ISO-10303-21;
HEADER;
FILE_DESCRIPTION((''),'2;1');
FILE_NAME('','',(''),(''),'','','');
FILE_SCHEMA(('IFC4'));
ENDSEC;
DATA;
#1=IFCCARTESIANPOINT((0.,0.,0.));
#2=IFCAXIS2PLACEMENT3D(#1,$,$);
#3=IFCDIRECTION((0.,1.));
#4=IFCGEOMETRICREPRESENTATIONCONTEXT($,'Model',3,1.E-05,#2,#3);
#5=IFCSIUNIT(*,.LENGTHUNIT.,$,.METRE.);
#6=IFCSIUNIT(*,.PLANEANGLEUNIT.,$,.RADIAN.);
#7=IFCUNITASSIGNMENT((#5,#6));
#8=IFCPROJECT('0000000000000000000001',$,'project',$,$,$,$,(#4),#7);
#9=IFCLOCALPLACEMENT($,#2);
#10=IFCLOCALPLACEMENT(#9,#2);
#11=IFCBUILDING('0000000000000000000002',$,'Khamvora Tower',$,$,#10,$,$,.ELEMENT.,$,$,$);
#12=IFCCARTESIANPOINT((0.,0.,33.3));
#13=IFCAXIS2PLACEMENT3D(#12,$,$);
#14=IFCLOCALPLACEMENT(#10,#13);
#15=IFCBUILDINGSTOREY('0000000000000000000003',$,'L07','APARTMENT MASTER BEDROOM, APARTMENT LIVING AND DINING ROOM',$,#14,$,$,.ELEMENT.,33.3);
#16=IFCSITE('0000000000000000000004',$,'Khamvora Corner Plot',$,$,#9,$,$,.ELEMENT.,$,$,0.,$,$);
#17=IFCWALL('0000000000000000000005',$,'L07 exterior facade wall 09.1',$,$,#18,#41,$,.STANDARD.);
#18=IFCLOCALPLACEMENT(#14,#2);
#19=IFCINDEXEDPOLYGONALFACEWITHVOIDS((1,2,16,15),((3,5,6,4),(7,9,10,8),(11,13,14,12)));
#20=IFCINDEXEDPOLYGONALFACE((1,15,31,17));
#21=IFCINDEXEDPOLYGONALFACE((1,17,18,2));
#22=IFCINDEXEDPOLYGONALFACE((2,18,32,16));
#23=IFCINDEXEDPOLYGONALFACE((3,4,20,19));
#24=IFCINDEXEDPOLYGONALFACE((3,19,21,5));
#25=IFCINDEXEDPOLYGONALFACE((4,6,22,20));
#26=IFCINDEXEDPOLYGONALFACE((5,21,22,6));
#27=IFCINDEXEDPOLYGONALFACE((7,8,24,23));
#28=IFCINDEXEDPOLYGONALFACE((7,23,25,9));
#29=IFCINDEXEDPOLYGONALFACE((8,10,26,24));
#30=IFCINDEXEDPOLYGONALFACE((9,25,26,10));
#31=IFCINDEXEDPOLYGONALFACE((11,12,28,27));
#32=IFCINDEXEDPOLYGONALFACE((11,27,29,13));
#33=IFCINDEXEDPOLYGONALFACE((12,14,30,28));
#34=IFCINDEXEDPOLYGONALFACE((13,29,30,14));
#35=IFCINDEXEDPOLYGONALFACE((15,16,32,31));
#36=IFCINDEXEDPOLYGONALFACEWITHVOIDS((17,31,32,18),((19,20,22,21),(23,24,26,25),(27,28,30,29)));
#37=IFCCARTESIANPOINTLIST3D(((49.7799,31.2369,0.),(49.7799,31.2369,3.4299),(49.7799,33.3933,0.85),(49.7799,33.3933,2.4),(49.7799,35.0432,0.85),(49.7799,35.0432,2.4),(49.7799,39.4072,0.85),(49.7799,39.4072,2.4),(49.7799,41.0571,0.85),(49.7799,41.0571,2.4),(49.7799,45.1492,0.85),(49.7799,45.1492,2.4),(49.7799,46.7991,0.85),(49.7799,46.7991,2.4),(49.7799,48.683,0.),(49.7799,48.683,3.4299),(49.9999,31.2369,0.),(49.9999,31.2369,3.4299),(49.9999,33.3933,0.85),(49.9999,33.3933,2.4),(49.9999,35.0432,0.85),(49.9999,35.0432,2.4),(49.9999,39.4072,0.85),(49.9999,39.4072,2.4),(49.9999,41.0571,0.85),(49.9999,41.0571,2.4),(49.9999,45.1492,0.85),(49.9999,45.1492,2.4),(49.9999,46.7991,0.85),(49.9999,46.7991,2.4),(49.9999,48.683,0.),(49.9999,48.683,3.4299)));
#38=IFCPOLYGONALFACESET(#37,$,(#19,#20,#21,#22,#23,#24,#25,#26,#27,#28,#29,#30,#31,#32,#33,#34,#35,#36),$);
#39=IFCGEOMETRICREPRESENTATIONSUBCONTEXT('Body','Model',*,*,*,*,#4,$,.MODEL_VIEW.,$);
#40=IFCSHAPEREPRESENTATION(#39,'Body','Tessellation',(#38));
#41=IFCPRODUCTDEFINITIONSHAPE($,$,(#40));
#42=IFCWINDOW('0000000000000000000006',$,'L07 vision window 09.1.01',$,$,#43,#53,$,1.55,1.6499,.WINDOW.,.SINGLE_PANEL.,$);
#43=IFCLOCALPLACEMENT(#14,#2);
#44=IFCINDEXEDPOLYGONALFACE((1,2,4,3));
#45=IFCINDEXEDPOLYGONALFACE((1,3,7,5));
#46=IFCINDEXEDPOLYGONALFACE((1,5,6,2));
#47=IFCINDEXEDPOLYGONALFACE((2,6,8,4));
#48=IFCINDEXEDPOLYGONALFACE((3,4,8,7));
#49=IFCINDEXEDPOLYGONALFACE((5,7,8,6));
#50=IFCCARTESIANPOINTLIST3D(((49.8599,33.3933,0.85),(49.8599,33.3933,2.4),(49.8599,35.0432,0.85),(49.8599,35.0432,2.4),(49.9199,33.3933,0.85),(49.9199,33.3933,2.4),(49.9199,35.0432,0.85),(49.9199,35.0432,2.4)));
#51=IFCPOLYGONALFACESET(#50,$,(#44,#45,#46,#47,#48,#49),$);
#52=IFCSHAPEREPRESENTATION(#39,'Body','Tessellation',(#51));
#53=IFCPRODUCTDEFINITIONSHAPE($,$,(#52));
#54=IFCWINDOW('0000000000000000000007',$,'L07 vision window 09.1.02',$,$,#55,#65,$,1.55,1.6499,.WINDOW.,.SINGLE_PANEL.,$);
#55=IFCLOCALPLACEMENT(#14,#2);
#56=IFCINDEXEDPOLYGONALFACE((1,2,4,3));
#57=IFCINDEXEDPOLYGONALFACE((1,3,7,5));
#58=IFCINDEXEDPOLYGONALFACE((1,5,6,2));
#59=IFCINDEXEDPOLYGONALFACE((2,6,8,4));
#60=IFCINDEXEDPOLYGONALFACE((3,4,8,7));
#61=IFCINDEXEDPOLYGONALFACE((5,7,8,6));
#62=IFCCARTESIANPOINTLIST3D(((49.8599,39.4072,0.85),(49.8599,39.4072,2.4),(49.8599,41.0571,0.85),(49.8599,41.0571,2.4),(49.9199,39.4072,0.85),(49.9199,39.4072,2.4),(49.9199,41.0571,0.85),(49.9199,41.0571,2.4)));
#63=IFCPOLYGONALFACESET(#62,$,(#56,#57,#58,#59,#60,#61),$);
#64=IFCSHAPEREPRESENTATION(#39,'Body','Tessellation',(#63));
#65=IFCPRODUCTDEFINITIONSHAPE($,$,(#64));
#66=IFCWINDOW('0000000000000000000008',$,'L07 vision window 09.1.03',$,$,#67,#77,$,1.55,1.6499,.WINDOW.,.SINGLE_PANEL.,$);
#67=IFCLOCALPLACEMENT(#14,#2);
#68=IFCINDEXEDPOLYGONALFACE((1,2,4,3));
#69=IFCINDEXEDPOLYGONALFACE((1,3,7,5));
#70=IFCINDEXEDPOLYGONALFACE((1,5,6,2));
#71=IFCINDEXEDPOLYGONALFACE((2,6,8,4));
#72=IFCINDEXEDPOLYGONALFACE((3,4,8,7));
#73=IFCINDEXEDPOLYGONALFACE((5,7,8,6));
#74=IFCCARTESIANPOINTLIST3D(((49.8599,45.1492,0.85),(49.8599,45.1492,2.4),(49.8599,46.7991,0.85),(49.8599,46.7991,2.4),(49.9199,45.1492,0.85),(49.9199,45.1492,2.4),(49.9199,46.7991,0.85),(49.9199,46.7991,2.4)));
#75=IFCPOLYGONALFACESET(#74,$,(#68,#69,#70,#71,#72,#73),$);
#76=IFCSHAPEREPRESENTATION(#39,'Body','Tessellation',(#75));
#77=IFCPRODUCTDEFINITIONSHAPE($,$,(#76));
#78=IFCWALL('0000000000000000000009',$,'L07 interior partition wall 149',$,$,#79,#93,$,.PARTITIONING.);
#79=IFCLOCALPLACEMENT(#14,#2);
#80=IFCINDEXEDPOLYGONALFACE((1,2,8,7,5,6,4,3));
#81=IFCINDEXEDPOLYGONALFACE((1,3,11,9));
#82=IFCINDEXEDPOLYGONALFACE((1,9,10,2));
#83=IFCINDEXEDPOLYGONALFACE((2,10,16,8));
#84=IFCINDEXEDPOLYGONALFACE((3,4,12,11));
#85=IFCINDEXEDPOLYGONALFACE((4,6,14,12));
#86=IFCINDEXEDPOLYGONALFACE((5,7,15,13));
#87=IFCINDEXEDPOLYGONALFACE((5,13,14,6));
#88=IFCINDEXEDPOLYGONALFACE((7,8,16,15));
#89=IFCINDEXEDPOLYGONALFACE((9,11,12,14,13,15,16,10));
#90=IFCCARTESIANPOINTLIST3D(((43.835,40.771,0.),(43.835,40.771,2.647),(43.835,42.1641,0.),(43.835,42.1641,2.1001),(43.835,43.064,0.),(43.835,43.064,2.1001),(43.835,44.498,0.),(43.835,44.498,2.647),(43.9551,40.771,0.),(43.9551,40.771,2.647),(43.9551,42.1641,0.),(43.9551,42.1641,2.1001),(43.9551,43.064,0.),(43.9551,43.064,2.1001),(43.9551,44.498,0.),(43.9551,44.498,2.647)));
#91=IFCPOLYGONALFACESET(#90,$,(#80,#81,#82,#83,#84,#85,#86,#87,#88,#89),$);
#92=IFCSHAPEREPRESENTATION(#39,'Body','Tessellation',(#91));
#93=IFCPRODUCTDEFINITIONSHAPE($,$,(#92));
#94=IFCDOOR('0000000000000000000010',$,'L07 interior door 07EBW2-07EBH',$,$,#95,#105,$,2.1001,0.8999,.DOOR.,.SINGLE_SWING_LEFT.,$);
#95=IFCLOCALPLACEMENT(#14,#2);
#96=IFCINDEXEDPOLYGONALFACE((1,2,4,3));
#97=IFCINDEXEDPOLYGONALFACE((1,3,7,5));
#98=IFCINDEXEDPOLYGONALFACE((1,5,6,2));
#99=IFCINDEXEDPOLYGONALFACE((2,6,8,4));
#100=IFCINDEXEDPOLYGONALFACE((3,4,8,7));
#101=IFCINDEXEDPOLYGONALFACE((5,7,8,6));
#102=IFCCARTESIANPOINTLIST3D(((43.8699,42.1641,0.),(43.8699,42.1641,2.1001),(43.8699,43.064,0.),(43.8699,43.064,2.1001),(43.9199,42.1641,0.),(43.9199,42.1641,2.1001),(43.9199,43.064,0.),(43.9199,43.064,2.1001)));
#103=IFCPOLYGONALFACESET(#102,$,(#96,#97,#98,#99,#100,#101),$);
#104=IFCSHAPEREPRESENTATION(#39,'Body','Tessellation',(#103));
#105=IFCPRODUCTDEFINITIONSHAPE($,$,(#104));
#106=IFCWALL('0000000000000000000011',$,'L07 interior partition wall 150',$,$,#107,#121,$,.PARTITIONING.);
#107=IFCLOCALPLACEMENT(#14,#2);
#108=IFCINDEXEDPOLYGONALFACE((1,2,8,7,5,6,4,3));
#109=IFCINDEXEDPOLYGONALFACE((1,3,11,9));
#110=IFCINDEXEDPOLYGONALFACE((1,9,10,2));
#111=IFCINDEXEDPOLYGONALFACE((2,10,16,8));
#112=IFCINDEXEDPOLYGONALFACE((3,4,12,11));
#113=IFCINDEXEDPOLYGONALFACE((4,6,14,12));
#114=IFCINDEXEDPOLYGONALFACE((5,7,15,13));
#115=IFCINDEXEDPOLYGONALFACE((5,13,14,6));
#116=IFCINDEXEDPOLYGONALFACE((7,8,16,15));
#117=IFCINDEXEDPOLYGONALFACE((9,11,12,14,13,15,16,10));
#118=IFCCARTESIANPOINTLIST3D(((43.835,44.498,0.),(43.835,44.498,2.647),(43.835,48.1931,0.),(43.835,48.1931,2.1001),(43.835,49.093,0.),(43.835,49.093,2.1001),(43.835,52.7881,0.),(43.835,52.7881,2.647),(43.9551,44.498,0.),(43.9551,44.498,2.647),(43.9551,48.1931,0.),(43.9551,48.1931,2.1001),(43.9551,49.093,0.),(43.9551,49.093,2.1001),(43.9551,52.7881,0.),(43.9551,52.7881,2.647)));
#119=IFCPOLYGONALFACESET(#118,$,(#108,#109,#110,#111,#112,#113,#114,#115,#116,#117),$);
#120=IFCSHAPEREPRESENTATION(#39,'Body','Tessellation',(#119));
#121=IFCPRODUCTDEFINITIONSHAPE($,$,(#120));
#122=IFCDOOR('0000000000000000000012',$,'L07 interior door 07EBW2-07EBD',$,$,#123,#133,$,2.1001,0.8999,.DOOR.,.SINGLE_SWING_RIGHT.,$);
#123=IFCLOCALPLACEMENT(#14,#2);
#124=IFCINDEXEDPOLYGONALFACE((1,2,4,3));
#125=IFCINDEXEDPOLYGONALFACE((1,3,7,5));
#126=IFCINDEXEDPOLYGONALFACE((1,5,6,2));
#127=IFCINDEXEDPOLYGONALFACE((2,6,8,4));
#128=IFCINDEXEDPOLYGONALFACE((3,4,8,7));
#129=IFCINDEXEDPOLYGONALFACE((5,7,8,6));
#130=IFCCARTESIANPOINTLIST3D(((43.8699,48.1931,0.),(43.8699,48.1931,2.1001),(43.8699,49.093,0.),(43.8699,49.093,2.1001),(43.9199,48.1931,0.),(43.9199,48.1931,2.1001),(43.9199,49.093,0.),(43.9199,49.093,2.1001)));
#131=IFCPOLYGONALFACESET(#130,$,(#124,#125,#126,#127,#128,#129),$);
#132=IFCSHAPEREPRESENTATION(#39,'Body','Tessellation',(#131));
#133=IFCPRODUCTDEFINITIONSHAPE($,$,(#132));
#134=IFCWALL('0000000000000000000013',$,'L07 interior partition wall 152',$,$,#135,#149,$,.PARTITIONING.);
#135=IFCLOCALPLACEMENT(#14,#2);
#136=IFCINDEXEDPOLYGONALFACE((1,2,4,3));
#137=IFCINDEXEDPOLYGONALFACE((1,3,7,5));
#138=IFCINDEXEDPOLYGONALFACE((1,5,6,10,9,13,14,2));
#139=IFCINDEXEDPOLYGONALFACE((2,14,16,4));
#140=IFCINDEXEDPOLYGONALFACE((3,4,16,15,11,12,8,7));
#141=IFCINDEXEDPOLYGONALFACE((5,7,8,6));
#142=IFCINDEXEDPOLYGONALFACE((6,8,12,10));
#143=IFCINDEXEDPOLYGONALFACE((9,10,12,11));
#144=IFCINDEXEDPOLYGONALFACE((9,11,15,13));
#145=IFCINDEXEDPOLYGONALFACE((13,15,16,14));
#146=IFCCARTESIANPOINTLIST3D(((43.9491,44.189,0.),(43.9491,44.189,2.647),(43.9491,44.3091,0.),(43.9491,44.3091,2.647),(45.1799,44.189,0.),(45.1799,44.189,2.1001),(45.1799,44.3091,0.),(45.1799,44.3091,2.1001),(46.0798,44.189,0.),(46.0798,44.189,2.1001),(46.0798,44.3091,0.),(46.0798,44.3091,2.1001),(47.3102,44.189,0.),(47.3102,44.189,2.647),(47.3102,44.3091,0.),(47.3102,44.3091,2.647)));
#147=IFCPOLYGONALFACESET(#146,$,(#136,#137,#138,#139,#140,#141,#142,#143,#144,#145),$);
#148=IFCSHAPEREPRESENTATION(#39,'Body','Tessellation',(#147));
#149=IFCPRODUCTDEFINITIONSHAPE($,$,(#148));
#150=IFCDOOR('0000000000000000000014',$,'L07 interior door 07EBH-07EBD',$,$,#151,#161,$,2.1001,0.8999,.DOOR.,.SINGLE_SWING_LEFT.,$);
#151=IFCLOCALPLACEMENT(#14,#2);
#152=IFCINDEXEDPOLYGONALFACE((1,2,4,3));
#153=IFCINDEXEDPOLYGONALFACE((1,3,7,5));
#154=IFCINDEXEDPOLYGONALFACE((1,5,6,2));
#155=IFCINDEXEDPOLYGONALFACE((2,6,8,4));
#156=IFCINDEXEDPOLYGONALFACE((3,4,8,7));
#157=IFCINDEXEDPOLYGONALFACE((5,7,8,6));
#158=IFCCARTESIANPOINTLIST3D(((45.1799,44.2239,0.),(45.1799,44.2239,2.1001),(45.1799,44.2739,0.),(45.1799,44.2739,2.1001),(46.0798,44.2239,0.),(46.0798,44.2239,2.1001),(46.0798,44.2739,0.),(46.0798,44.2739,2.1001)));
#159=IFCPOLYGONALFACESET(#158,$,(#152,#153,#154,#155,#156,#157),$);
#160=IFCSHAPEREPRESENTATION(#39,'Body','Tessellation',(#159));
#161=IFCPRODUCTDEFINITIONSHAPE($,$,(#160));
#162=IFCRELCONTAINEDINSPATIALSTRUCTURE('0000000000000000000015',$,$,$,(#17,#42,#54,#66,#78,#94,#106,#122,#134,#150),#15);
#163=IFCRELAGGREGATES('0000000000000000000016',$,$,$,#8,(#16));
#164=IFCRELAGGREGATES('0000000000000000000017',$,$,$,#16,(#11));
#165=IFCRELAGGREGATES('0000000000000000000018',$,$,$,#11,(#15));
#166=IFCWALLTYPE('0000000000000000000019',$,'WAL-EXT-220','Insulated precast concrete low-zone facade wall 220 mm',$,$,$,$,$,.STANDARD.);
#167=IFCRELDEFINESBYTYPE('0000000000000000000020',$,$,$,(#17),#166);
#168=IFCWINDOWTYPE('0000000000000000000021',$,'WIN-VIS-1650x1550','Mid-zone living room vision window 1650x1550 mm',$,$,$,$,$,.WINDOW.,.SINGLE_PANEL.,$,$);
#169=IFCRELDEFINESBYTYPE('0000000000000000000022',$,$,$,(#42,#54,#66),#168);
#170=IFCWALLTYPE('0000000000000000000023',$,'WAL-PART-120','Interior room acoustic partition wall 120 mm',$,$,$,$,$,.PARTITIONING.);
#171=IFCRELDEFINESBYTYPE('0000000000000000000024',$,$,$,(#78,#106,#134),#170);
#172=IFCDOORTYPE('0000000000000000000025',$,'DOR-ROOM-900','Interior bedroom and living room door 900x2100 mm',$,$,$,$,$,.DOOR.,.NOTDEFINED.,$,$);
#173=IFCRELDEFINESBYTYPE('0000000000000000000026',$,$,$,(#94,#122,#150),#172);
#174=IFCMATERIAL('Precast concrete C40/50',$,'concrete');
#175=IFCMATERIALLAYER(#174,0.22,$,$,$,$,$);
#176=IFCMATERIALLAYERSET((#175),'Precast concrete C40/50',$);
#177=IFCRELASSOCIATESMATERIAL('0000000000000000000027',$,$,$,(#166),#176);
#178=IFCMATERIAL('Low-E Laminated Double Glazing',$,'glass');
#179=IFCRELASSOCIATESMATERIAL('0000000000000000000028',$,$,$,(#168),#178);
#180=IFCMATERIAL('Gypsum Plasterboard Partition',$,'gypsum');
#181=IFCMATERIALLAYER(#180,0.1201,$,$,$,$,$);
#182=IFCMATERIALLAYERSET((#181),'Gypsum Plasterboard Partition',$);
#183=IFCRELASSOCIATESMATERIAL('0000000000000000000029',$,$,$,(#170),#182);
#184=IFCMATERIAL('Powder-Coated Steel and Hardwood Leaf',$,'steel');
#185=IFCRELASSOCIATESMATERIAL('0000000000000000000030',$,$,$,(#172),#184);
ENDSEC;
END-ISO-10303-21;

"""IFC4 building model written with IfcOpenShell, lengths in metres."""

from ifc_helpers import new_model, si_unit, direction, frame, frame_2d, origin, place, context, subcontext, project, spatial, rectangle, extrude, material, layer, layer_set, type_object, element, fill, save


model = new_model("IFC4")

# Units and contexts
model_context = context("Model", 3, precision=1e-05, world=origin(), true_north=direction((0.0, 1.0)))
body_context = subcontext(model_context, "Body", "Model", "MODEL_VIEW")
ifc_project = project(units=[si_unit("LENGTHUNIT", "METRE"), si_unit("PLANEANGLEUNIT", "RADIAN")], contexts=[model_context])

# Site, building, storey
site_placement = place(None, origin())
site = spatial("IfcSite", under=ifc_project, at=site_placement, Name="Khamvora Corner Plot", CompositionType="ELEMENT", RefElevation=0.0)
building_placement = place(site_placement, origin())
building = spatial("IfcBuilding", under=site, at=building_placement, Name="Khamvora Tower", CompositionType="ELEMENT")
storey_placement = place(building_placement, frame((0.0, 0.0, 33.3)))
storey = spatial("IfcBuildingStorey", under=building, at=storey_placement, Name="L07", Description="APARTMENT MASTER BEDROOM, APARTMENT LIVING AND DINING ROOM", CompositionType="ELEMENT", Elevation=33.3)

# Shared definitions
ifc_material_1 = material(Name="Precast concrete C40/50", Category="concrete")
ifc_layer_1 = layer(ifc_material_1, 0.22)
ifc_layer_set_1 = layer_set([ifc_layer_1], Name="Precast concrete C40/50")
wall_type_1 = type_object("IfcWallType", Name="WAL-EXT-220", Description="Insulated precast concrete low-zone facade wall 220 mm", PredefinedType="STANDARD", material=ifc_layer_set_1)

# Wall, openings, windows
wall_1_placement = place(storey_placement, frame((49.8899, 48.6831, 0.0), z_axis=(0.0, 0.0, 1.0), x_axis=(0.0, -1.0, 0.0)))
wall_1 = element("IfcWall", 1, at=wall_1_placement, inside=storey, type_object=wall_type_1, Name="L07 exterior facade wall 09.1", PredefinedType="STANDARD", context=body_context, shape_type="SweptSolid", body=[
    extrude(rectangle(XDim=17.446, YDim=0.22, at=frame_2d((8.7231, 0.0))), origin(), (0.0, 0.0, 1.0), 3.4299),
])
opening_1_placement = place(wall_1_placement, frame((13.6399, 0.0, 0.8501)))
opening_1 = element("IfcOpeningElement", 2, at=opening_1_placement, cuts=wall_1, PredefinedType="OPENING", context=body_context, shape_type="SweptSolid", body=[
    extrude(rectangle(XDim=1.6499, YDim=1.55, at=frame_2d((0.825, 0.7749))), frame((0.0, 0.1199, 0.0), z_axis=(0.0, -1.0, 0.0), x_axis=(1.0, 0.0, 0.0)), (0.0, 0.0, 1.0), 0.24),
])
opening_2_placement = place(wall_1_placement, frame((7.626, 0.0, 0.8501)))
opening_2 = element("IfcOpeningElement", 3, at=opening_2_placement, cuts=wall_1, PredefinedType="OPENING", context=body_context, shape_type="SweptSolid", body=[
    extrude(rectangle(XDim=1.6499, YDim=1.55, at=frame_2d((0.825, 0.7749))), frame((0.0, 0.1199, 0.0), z_axis=(0.0, -1.0, 0.0), x_axis=(1.0, 0.0, 0.0)), (0.0, 0.0, 1.0), 0.24),
])
opening_3_placement = place(wall_1_placement, frame((1.884, 0.0, 0.8501)))
opening_3 = element("IfcOpeningElement", 4, at=opening_3_placement, cuts=wall_1, PredefinedType="OPENING", context=body_context, shape_type="SweptSolid", body=[
    extrude(rectangle(XDim=1.6499, YDim=1.55, at=frame_2d((0.825, 0.7749))), frame((0.0, 0.1199, 0.0), z_axis=(0.0, -1.0, 0.0), x_axis=(1.0, 0.0, 0.0)), (0.0, 0.0, 1.0), 0.24),
])
ifc_material_2 = material(Name="Low-E Laminated Double Glazing", Category="glass")
window_type = type_object("IfcWindowType", Name="WIN-VIS-1650x1550", Description="Mid-zone living room vision window 1650x1550 mm", PartitioningType="SINGLE_PANEL", PredefinedType="WINDOW", material=ifc_material_2)
window_1_placement = place(opening_1_placement, origin())
window_1 = element("IfcWindow", 5, at=window_1_placement, inside=storey, type_object=window_type, Name="L07 vision window 09.1.01", OverallHeight=1.55, OverallWidth=1.6499, PartitioningType="SINGLE_PANEL", PredefinedType="WINDOW", context=body_context, shape_type="SweptSolid", body=[
    extrude(rectangle(XDim=1.6499, YDim=1.55, at=frame_2d((0.825, 0.7749))), frame((0.0, 0.03, 0.0), z_axis=(0.0, -1.0, 0.0), x_axis=(1.0, 0.0, 0.0)), (0.0, 0.0, 1.0), 0.0601),
])
fill(opening_1, window_1)
window_2_placement = place(opening_2_placement, origin())
window_2 = element("IfcWindow", 6, at=window_2_placement, inside=storey, type_object=window_type, Name="L07 vision window 09.1.02", OverallHeight=1.55, OverallWidth=1.6499, PartitioningType="SINGLE_PANEL", PredefinedType="WINDOW", context=body_context, shape_type="SweptSolid", body=[
    extrude(rectangle(XDim=1.6499, YDim=1.55, at=frame_2d((0.825, 0.7749))), frame((0.0, 0.03, 0.0), z_axis=(0.0, -1.0, 0.0), x_axis=(1.0, 0.0, 0.0)), (0.0, 0.0, 1.0), 0.0601),
])
fill(opening_2, window_2)
window_3_placement = place(opening_3_placement, origin())
window_3 = element("IfcWindow", 7, at=window_3_placement, inside=storey, type_object=window_type, Name="L07 vision window 09.1.03", OverallHeight=1.55, OverallWidth=1.6499, PartitioningType="SINGLE_PANEL", PredefinedType="WINDOW", context=body_context, shape_type="SweptSolid", body=[
    extrude(rectangle(XDim=1.6499, YDim=1.55, at=frame_2d((0.825, 0.7749))), frame((0.0, 0.03, 0.0), z_axis=(0.0, -1.0, 0.0), x_axis=(1.0, 0.0, 0.0)), (0.0, 0.0, 1.0), 0.0601),
])
fill(opening_3, window_3)

# Walls, openings, doors
ifc_material_3 = material(Name="Gypsum Plasterboard Partition", Category="gypsum")
ifc_layer_2 = layer(ifc_material_3, 0.1201)
ifc_layer_set_2 = layer_set([ifc_layer_2], Name="Gypsum Plasterboard Partition")
wall_type_2 = type_object("IfcWallType", Name="WAL-PART-120", Description="Interior room acoustic partition wall 120 mm", PredefinedType="PARTITIONING", material=ifc_layer_set_2)
wall_2_placement = place(storey_placement, frame((43.895, 44.498, 0.0), z_axis=(0.0, 0.0, 1.0), x_axis=(0.0, -1.0, 0.0)))
wall_2 = element("IfcWall", 8, at=wall_2_placement, inside=storey, type_object=wall_type_2, Name="L07 interior partition wall 149", PredefinedType="PARTITIONING", context=body_context, shape_type="SweptSolid", body=[
    extrude(rectangle(XDim=3.7271, YDim=0.1201, at=frame_2d((1.8635, 0.0))), origin(), (0.0, 0.0, 1.0), 2.647),
])
opening_4_placement = place(wall_2_placement, frame((1.4341, 0.0, 0.0)))
opening_4 = element("IfcOpeningElement", 9, at=opening_4_placement, cuts=wall_2, PredefinedType="OPENING", context=body_context, shape_type="SweptSolid", body=[
    extrude(rectangle(XDim=0.8999, YDim=2.1001, at=frame_2d((0.45, 1.05))), frame((0.0, 0.0701, 0.0), z_axis=(0.0, -1.0, 0.0), x_axis=(1.0, 0.0, 0.0)), (0.0, 0.0, 1.0), 0.1401),
])
ifc_material_4 = material(Name="Powder-Coated Steel and Hardwood Leaf", Category="steel")
door_type = type_object("IfcDoorType", Name="DOR-ROOM-900", Description="Interior bedroom and living room door 900x2100 mm", OperationType="NOTDEFINED", PredefinedType="DOOR", material=ifc_material_4)
door_1_placement = place(opening_4_placement, origin())
door_1 = element("IfcDoor", 10, at=door_1_placement, inside=storey, type_object=door_type, Name="L07 interior door 07EBW2-07EBH", OperationType="SINGLE_SWING_LEFT", OverallHeight=2.1001, OverallWidth=0.8999, PredefinedType="DOOR", context=body_context, shape_type="SweptSolid", body=[
    extrude(rectangle(XDim=0.8999, YDim=2.1001, at=frame_2d((0.45, 1.05))), frame((0.0, 0.0249, 0.0), z_axis=(0.0, -1.0, 0.0), x_axis=(1.0, 0.0, 0.0)), (0.0, 0.0, 1.0), 0.05),
])
fill(opening_4, door_1)
wall_3_placement = place(storey_placement, frame((43.895, 52.7881, 0.0), z_axis=(0.0, 0.0, 1.0), x_axis=(0.0, -1.0, 0.0)))
wall_3 = element("IfcWall", 11, at=wall_3_placement, inside=storey, type_object=wall_type_2, Name="L07 interior partition wall 150", PredefinedType="PARTITIONING", context=body_context, shape_type="SweptSolid", body=[
    extrude(rectangle(XDim=8.29, YDim=0.1201, at=frame_2d((4.145, 0.0))), origin(), (0.0, 0.0, 1.0), 2.647),
])
opening_5_placement = place(wall_3_placement, frame((3.6951, 0.0, 0.0)))
opening_5 = element("IfcOpeningElement", 12, at=opening_5_placement, cuts=wall_3, PredefinedType="OPENING", context=body_context, shape_type="SweptSolid", body=[
    extrude(rectangle(XDim=0.8999, YDim=2.1001, at=frame_2d((0.45, 1.05))), frame((0.0, 0.0701, 0.0), z_axis=(0.0, -1.0, 0.0), x_axis=(1.0, 0.0, 0.0)), (0.0, 0.0, 1.0), 0.1401),
])
door_2_placement = place(opening_5_placement, origin())
door_2 = element("IfcDoor", 13, at=door_2_placement, inside=storey, type_object=door_type, Name="L07 interior door 07EBW2-07EBD", OperationType="SINGLE_SWING_RIGHT", OverallHeight=2.1001, OverallWidth=0.8999, PredefinedType="DOOR", context=body_context, shape_type="SweptSolid", body=[
    extrude(rectangle(XDim=0.8999, YDim=2.1001, at=frame_2d((0.45, 1.05))), frame((0.0, 0.0249, 0.0), z_axis=(0.0, -1.0, 0.0), x_axis=(1.0, 0.0, 0.0)), (0.0, 0.0, 1.0), 0.05),
])
fill(opening_5, door_2)
wall_4_placement = place(storey_placement, frame((43.949, 44.249, 0.0), z_axis=(0.0, 0.0, 1.0), x_axis=(1.0, 0.0, 0.0)))
wall_4 = element("IfcWall", 14, at=wall_4_placement, inside=storey, type_object=wall_type_2, Name="L07 interior partition wall 152", PredefinedType="PARTITIONING", context=body_context, shape_type="SweptSolid", body=[
    extrude(rectangle(XDim=3.3611, YDim=0.1201, at=frame_2d((1.6807, 0.0))), origin(), (0.0, 0.0, 1.0), 2.647),
])
opening_6_placement = place(wall_4_placement, frame((1.231, 0.0, 0.0)))
opening_6 = element("IfcOpeningElement", 15, at=opening_6_placement, cuts=wall_4, PredefinedType="OPENING", context=body_context, shape_type="SweptSolid", body=[
    extrude(rectangle(XDim=0.8999, YDim=2.1001, at=frame_2d((0.45, 1.05))), frame((0.0, 0.0701, 0.0), z_axis=(0.0, -1.0, 0.0), x_axis=(1.0, 0.0, 0.0)), (0.0, 0.0, 1.0), 0.1401),
])
door_3_placement = place(opening_6_placement, origin())
door_3 = element("IfcDoor", 16, at=door_3_placement, inside=storey, type_object=door_type, Name="L07 interior door 07EBH-07EBD", OperationType="SINGLE_SWING_LEFT", OverallHeight=2.1001, OverallWidth=0.8999, PredefinedType="DOOR", context=body_context, shape_type="SweptSolid", body=[
    extrude(rectangle(XDim=0.8999, YDim=2.1001, at=frame_2d((0.45, 1.05))), frame((0.0, 0.0249, 0.0), z_axis=(0.0, -1.0, 0.0), x_axis=(1.0, 0.0, 0.0)), (0.0, 0.0, 1.0), 0.05),
])
fill(opening_6, door_3)

save(model, "model.ifc")
